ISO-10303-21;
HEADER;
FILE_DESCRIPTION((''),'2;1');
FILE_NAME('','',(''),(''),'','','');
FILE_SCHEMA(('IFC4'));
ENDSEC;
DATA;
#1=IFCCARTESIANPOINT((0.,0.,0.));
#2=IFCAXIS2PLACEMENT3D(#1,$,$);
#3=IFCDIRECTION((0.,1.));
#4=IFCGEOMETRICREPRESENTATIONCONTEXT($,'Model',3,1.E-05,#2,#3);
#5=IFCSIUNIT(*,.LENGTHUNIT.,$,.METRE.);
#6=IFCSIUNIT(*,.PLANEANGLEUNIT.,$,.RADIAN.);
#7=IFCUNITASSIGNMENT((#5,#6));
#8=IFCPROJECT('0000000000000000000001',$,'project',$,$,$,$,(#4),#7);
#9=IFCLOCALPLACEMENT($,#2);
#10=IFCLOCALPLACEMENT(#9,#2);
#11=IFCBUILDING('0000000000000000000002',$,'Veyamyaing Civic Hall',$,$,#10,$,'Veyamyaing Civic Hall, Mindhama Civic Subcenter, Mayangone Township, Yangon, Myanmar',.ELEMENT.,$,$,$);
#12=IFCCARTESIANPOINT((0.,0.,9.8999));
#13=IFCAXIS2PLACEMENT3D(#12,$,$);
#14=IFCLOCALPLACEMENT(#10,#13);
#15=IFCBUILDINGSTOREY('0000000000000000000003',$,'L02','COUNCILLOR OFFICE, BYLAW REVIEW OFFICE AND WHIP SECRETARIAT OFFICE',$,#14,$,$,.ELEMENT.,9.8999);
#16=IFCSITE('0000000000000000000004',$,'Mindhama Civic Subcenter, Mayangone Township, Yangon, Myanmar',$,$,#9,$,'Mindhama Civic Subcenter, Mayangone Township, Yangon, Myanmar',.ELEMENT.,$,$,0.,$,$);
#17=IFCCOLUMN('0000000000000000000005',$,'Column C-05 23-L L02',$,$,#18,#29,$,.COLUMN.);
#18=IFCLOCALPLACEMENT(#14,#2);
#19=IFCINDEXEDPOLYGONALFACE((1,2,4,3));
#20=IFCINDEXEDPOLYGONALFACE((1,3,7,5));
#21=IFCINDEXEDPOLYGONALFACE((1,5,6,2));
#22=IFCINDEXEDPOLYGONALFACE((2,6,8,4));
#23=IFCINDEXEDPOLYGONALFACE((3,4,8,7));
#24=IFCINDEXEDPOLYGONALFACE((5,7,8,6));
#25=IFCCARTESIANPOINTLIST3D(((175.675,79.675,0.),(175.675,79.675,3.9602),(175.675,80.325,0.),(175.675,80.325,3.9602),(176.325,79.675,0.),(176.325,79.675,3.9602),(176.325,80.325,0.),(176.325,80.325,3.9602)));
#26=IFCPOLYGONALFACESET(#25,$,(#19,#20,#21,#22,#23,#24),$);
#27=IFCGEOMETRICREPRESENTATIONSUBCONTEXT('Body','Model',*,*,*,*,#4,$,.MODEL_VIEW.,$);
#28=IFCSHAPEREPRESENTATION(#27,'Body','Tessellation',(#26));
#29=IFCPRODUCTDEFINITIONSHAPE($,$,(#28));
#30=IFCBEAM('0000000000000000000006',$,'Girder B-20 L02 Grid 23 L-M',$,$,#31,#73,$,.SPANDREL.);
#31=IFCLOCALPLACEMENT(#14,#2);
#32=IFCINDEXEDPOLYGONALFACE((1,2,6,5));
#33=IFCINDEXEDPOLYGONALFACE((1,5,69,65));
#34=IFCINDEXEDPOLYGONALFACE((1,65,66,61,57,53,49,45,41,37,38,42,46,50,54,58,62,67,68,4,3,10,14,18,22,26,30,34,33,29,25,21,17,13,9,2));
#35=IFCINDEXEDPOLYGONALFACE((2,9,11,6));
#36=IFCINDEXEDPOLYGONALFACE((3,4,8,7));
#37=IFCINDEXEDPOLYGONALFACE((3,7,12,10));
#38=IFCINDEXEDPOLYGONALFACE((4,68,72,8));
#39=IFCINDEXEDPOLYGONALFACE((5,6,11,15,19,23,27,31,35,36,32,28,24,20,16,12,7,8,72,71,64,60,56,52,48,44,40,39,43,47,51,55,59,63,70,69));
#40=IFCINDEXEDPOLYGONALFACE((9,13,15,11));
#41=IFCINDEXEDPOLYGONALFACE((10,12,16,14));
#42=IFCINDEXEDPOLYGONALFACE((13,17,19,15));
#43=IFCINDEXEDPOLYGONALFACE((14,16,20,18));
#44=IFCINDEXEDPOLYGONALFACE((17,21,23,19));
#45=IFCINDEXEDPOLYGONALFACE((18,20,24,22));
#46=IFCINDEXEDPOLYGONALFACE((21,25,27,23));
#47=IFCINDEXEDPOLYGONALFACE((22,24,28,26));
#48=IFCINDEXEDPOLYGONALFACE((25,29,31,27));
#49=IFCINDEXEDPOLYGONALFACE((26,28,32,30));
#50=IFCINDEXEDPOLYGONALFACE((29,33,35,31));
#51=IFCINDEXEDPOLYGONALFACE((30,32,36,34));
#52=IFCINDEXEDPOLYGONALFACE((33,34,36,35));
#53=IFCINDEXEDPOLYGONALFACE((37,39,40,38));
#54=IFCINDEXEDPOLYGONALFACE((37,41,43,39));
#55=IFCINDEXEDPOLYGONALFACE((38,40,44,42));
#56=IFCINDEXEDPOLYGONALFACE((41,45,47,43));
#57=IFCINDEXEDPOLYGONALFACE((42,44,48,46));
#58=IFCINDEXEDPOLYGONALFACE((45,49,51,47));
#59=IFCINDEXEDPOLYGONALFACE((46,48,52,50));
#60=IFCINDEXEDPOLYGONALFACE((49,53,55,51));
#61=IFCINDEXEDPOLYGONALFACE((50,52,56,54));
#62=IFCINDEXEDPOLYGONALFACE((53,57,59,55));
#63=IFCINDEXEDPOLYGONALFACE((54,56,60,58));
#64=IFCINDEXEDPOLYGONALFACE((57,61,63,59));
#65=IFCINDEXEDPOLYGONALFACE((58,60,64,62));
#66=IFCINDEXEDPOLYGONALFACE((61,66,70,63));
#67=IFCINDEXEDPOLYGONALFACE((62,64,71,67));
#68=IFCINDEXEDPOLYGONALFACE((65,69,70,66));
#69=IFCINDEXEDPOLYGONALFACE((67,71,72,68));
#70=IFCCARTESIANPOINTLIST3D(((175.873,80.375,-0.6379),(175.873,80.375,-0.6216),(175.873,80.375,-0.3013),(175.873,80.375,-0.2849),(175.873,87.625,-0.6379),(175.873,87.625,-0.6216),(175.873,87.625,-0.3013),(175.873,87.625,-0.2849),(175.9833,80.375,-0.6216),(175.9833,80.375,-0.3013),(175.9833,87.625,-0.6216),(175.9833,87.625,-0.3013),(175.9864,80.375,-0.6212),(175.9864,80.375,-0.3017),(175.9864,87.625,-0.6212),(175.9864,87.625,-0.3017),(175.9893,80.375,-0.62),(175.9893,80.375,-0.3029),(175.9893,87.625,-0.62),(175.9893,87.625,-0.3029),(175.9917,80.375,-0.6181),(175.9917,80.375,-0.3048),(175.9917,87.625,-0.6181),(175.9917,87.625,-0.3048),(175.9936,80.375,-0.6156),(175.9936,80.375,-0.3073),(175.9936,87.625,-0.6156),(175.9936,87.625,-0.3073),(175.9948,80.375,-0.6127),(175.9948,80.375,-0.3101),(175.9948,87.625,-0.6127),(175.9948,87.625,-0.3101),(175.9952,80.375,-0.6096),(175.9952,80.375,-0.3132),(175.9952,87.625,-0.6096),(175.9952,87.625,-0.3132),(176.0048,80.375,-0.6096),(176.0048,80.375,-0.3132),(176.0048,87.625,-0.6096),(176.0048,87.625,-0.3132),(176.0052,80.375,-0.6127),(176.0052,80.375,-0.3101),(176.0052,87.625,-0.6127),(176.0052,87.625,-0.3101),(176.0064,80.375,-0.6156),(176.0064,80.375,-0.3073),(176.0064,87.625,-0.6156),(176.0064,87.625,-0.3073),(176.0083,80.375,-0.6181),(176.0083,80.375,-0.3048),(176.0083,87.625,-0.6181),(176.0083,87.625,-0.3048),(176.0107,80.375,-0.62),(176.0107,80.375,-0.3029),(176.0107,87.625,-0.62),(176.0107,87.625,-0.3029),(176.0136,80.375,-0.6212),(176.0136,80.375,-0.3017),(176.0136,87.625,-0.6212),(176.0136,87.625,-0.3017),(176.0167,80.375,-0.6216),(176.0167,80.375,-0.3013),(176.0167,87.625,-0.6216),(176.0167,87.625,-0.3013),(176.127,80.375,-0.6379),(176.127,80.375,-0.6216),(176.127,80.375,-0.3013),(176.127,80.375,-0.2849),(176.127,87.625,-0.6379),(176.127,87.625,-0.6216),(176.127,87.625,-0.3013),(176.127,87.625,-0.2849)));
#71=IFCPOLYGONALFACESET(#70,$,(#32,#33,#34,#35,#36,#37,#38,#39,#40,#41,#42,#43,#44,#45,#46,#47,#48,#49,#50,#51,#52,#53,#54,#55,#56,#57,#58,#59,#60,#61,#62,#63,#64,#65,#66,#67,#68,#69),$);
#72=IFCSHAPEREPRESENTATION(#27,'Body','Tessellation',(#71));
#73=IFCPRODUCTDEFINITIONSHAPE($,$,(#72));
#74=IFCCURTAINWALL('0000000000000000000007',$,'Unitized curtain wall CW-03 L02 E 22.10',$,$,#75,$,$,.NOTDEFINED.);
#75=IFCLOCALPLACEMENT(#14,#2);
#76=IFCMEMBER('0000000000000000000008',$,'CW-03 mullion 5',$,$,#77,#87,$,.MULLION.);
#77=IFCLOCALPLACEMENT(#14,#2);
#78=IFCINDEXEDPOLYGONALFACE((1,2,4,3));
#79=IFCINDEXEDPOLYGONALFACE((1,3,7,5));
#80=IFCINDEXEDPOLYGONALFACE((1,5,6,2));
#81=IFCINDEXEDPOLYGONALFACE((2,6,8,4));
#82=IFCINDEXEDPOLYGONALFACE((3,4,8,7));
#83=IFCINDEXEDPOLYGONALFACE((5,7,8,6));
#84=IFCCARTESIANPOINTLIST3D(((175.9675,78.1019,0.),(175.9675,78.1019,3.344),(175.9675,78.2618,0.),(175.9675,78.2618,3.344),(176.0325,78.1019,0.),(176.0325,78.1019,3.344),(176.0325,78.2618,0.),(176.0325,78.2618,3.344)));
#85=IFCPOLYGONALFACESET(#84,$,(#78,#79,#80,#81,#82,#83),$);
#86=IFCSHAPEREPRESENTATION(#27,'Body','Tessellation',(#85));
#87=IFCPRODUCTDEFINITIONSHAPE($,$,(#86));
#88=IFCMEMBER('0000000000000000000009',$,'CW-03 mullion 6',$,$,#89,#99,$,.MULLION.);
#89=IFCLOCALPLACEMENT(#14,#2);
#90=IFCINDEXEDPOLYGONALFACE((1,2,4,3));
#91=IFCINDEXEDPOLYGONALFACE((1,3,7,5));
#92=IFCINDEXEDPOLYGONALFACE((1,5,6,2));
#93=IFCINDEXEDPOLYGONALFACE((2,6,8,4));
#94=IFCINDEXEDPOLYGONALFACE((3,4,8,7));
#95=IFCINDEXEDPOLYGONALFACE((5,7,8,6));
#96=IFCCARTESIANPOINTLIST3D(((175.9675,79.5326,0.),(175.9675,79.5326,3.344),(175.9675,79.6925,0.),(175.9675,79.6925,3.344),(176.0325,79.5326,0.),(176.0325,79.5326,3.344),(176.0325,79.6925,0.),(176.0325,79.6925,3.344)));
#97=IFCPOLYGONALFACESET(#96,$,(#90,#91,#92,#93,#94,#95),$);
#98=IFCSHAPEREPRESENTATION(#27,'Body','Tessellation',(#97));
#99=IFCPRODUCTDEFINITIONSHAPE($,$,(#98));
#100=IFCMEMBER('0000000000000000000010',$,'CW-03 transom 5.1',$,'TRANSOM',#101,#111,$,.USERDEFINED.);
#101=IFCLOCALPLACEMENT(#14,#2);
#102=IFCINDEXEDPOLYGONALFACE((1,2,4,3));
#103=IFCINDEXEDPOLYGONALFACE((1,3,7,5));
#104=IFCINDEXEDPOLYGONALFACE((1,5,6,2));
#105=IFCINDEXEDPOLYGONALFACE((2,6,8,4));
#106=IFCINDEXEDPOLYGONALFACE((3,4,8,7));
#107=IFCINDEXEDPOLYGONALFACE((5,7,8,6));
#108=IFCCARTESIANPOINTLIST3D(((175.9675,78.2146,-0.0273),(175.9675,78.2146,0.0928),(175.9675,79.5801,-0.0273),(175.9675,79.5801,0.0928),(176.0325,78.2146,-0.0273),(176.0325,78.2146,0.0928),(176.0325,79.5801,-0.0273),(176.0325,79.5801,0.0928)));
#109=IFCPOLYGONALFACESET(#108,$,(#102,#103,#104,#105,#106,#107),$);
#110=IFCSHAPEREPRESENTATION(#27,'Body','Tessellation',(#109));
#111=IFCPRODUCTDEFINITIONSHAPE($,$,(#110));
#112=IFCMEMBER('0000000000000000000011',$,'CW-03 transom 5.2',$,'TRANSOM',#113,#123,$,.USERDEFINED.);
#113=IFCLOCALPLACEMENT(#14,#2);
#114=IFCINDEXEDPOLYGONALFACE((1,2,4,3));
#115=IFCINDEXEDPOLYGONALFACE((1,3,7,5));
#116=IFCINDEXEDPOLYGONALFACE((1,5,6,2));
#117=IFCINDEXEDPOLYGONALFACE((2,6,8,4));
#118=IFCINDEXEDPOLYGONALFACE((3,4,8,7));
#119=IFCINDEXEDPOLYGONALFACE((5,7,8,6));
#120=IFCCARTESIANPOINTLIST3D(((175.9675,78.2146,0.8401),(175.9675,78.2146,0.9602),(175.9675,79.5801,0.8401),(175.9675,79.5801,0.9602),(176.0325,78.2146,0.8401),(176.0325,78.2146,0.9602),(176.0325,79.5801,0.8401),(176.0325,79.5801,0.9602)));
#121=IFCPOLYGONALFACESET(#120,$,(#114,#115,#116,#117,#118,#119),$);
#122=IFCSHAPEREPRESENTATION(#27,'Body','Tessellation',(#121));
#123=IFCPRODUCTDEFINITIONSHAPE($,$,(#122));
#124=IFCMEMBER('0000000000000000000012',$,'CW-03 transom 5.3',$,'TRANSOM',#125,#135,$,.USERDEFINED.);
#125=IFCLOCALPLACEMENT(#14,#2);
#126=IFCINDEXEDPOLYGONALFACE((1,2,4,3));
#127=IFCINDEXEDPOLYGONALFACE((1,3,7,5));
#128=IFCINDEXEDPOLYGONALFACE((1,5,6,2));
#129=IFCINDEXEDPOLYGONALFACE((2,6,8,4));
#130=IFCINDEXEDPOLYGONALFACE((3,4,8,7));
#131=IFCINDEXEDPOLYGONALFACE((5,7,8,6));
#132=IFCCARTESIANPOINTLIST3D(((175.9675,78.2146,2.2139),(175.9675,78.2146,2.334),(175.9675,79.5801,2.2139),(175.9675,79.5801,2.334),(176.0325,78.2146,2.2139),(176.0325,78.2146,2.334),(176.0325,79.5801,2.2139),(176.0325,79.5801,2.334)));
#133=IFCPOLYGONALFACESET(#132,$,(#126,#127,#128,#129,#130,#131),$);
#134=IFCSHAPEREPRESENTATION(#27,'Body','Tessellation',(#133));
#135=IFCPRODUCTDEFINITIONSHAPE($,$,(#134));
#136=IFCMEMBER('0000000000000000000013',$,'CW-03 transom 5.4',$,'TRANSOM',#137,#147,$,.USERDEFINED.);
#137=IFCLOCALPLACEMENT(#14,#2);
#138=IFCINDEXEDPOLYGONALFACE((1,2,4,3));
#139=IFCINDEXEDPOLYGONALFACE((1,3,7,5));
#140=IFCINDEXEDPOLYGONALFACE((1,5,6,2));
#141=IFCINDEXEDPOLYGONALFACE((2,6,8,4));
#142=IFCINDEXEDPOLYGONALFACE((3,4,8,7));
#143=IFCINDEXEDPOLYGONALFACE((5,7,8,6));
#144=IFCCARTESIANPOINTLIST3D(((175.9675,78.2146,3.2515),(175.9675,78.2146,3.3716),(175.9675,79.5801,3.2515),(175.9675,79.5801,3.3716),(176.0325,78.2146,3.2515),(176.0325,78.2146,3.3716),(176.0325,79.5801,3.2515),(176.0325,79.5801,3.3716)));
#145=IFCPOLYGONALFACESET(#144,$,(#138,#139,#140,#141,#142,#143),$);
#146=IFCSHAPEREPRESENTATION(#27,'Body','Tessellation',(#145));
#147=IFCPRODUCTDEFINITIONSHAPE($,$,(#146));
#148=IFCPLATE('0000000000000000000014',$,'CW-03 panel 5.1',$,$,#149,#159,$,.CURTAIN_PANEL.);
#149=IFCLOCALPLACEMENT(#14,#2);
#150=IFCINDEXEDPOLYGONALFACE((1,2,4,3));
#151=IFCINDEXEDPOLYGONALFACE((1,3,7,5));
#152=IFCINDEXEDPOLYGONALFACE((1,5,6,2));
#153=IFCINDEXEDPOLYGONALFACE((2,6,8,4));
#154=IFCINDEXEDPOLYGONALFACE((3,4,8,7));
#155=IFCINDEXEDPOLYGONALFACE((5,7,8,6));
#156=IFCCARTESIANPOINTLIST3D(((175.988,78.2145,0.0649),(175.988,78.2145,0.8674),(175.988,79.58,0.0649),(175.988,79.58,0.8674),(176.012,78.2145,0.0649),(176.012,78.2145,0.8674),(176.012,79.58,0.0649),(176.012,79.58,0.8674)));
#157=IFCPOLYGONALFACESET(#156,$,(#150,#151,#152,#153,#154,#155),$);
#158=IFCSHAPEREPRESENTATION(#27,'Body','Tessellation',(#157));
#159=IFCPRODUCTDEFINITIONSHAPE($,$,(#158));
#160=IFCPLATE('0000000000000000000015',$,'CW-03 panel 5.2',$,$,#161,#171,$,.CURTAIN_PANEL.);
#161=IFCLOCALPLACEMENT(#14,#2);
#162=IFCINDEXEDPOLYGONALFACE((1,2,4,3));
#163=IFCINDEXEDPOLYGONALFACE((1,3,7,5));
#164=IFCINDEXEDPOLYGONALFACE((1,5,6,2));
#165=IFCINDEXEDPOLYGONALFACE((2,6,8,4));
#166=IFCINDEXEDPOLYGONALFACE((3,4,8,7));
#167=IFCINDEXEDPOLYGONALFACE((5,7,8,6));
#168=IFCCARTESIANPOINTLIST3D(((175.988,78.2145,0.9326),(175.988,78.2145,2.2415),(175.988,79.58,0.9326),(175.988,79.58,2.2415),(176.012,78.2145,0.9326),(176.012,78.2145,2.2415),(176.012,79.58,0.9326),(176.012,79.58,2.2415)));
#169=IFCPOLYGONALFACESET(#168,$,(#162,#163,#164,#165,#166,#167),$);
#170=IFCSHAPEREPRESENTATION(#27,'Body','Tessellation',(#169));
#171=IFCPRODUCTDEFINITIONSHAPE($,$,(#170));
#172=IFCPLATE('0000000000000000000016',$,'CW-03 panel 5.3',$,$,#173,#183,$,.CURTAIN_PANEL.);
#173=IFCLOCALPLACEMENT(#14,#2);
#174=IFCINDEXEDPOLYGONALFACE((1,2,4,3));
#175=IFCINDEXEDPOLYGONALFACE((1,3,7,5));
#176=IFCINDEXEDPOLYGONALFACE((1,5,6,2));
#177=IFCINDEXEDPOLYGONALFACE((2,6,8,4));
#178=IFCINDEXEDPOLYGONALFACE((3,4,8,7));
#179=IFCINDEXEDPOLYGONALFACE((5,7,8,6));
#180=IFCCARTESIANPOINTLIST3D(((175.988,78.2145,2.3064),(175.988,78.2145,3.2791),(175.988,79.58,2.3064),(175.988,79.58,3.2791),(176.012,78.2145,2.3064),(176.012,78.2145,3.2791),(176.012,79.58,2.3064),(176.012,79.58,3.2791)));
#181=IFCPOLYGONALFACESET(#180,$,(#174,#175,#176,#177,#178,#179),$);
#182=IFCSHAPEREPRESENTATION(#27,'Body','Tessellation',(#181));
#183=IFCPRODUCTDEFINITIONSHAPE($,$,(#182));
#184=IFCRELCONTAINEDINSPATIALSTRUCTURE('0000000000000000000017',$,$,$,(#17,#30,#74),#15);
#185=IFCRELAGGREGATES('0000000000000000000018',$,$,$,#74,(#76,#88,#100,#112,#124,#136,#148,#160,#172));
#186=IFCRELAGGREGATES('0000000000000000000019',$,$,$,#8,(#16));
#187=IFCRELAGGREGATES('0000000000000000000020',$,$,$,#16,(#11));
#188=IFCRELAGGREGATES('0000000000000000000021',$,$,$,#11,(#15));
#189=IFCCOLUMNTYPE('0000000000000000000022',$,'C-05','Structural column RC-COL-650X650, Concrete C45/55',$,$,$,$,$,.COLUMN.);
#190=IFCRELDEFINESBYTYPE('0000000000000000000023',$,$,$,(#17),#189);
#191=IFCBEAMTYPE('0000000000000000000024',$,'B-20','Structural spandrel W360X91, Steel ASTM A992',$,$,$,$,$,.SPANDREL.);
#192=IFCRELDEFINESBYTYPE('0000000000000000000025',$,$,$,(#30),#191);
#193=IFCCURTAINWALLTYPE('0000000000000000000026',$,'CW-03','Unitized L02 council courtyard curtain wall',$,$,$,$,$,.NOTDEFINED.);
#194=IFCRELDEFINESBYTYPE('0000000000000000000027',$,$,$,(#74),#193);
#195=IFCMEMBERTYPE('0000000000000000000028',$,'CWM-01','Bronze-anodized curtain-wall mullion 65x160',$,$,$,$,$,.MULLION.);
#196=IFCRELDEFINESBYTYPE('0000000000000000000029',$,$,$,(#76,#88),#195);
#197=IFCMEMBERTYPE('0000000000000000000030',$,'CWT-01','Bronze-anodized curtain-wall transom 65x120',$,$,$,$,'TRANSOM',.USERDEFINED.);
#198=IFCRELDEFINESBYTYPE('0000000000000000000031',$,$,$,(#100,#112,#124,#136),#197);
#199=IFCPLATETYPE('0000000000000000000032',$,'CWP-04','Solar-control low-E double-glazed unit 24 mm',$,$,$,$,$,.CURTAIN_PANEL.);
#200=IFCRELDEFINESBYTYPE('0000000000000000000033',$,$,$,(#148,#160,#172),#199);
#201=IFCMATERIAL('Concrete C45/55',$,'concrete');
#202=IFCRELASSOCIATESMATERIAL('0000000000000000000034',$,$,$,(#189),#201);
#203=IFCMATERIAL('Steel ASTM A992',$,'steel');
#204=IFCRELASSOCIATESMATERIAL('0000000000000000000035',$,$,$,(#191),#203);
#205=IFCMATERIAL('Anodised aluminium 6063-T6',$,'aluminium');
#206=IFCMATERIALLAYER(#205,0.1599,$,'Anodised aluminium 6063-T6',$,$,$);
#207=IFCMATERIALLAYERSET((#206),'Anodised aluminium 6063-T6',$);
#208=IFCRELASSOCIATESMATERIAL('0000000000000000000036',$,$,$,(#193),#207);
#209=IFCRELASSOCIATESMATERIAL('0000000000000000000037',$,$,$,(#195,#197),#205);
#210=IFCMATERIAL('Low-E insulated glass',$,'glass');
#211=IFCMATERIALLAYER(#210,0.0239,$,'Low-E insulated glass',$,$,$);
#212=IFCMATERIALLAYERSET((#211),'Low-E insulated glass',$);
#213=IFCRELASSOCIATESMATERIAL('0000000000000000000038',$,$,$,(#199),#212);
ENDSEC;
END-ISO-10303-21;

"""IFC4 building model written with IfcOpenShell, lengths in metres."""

from ifc_helpers import new_model, si_unit, direction, frame, origin, origin_2d, place, context, subcontext, project, spatial, rectangle, i_section, extrude, material, layer, layer_set, material_profile, profile_set, type_object, element, aggregate, save


model = new_model("IFC4")

# Units and contexts
model_context = context("Model", 3, precision=1e-05, world=origin(), true_north=direction((0.0, 1.0)))
body_context = subcontext(model_context, "Body", "Model", "MODEL_VIEW")
ifc_project = project(units=[si_unit("LENGTHUNIT", "METRE"), si_unit("PLANEANGLEUNIT", "RADIAN")], contexts=[model_context])

# Site, building, storey
site_placement = place(None, origin())
site = spatial("IfcSite", under=ifc_project, at=site_placement, Name="Mindhama Civic Subcenter, Mayangone Township, Yangon, Myanmar", LongName="Mindhama Civic Subcenter, Mayangone Township, Yangon, Myanmar", CompositionType="ELEMENT", RefElevation=0.0)
building_placement = place(site_placement, origin())
building = spatial("IfcBuilding", under=site, at=building_placement, Name="Veyamyaing Civic Hall", LongName="Veyamyaing Civic Hall, Mindhama Civic Subcenter, Mayangone Township, Yangon, Myanmar", CompositionType="ELEMENT")
storey_placement = place(building_placement, frame((0.0, 0.0, 9.8999)))
storey = spatial("IfcBuildingStorey", under=building, at=storey_placement, Name="L02", Description="COUNCILLOR OFFICE, BYLAW REVIEW OFFICE AND WHIP SECRETARIAT OFFICE", CompositionType="ELEMENT", Elevation=9.8999)

# Column
ifc_material_1 = material(Name="Concrete C45/55", Category="concrete")
ifc_material_profile_1 = material_profile(ifc_material_1, rectangle(XDim=0.6499, YDim=0.6499, at=origin_2d()), Name="RC-COL-650X650")
ifc_profile_set_1 = profile_set([ifc_material_profile_1], Name="Concrete C45/55")
column_type = type_object("IfcColumnType", Name="C-05", Description="Structural column RC-COL-650X650, Concrete C45/55", PredefinedType="COLUMN", material=ifc_profile_set_1)
column_placement = place(storey_placement, frame((176.0, 80.0, 0.0), z_axis=(0.0, 0.0, 1.0), x_axis=(1.0, 0.0, 0.0)))
element("IfcColumn", 1, at=column_placement, inside=storey, type_object=column_type, Name="Column C-05 23-L L02", PredefinedType="COLUMN", context=body_context, shape_type="SweptSolid", body=[
    extrude(rectangle(XDim=0.6499, YDim=0.6499, at=origin_2d()), origin(), (0.0, 0.0, 1.0), 3.9602),
])

# Beam
ifc_material_2 = material(Name="Steel ASTM A992", Category="steel")
ifc_material_profile_2 = material_profile(ifc_material_2, i_section(OverallWidth=0.2539, OverallDepth=0.353, WebThickness=0.0095, FlangeThickness=0.0164, FilletRadius=0.012, at=origin_2d()), Name="W360X91")
ifc_profile_set_2 = profile_set([ifc_material_profile_2], Name="Steel ASTM A992")
beam_type = type_object("IfcBeamType", Name="B-20", Description="Structural spandrel W360X91, Steel ASTM A992", PredefinedType="SPANDREL", material=ifc_profile_set_2)
beam_placement = place(storey_placement, frame((176.0, 80.375, -0.4614), z_axis=(0.0, 1.0, 0.0), x_axis=(-1.0, 0.0, 0.0)))
element("IfcBeam", 2, at=beam_placement, inside=storey, type_object=beam_type, Name="Girder B-20 L02 Grid 23 L-M", PredefinedType="SPANDREL", context=body_context, shape_type="SweptSolid", body=[
    extrude(i_section(OverallWidth=0.2539, OverallDepth=0.353, WebThickness=0.0095, FlangeThickness=0.0164, FilletRadius=0.012, at=origin_2d()), origin(), (0.0, 0.0, 1.0), 7.25),
])

# Curtain wall, members, plates
ifc_material_3 = material(Name="Anodised aluminium 6063-T6", Category="aluminium")
ifc_layer_1 = layer(ifc_material_3, 0.1599, Name="Anodised aluminium 6063-T6")
ifc_layer_set_1 = layer_set([ifc_layer_1], Name="Anodised aluminium 6063-T6")
curtain_wall_type = type_object("IfcCurtainWallType", Name="CW-03", Description="Unitized L02 council courtyard curtain wall", PredefinedType="NOTDEFINED", material=ifc_layer_set_1)
curtain_wall_placement = place(storey_placement, origin())
curtain_wall = element("IfcCurtainWall", 3, at=curtain_wall_placement, inside=storey, type_object=curtain_wall_type, Name="Unitized curtain wall CW-03 L02 E 22.10", PredefinedType="NOTDEFINED")
ifc_material_profile_3 = material_profile(ifc_material_3, rectangle(XDim=0.0649, YDim=0.1599, at=origin_2d()), Name="ALU-MUL-65X160")
ifc_profile_set_3 = profile_set([ifc_material_profile_3], Name="Anodised aluminium 6063-T6")
member_type_1 = type_object("IfcMemberType", Name="CWM-01", Description="Bronze-anodized curtain-wall mullion 65x160", PredefinedType="MULLION", material=ifc_profile_set_3)
member_1_placement = place(storey_placement, frame((176.0, 78.1819, 0.0), z_axis=(0.0, 0.0, 1.0), x_axis=(-1.0, 0.0, 0.0)))
member_1 = element("IfcMember", 4, at=member_1_placement, type_object=member_type_1, Name="CW-03 mullion 5", PredefinedType="MULLION", context=body_context, shape_type="SweptSolid", body=[
    extrude(rectangle(XDim=0.0649, YDim=0.1599, at=origin_2d()), origin(), (0.0, 0.0, 1.0), 3.344),
])
member_2_placement = place(storey_placement, frame((176.0, 79.6125, 0.0), z_axis=(0.0, 0.0, 1.0), x_axis=(-1.0, 0.0, 0.0)))
member_2 = element("IfcMember", 5, at=member_2_placement, type_object=member_type_1, Name="CW-03 mullion 6", PredefinedType="MULLION", context=body_context, shape_type="SweptSolid", body=[
    extrude(rectangle(XDim=0.0649, YDim=0.1599, at=origin_2d()), origin(), (0.0, 0.0, 1.0), 3.344),
])
ifc_material_profile_4 = material_profile(ifc_material_3, rectangle(XDim=0.0649, YDim=0.1201, at=origin_2d()), Name="ALU-TRN-65X120")
ifc_profile_set_4 = profile_set([ifc_material_profile_4], Name="Anodised aluminium 6063-T6")
member_type_2 = type_object("IfcMemberType", Name="CWT-01", Description="Bronze-anodized curtain-wall transom 65x120", ElementType="TRANSOM", PredefinedType="USERDEFINED", material=ifc_profile_set_4)
member_3_placement = place(storey_placement, frame((176.0, 78.2146, 0.0327), z_axis=(0.0, 1.0, 0.0), x_axis=(-1.0, 0.0, 0.0)))
member_3 = element("IfcMember", 6, at=member_3_placement, type_object=member_type_2, Name="CW-03 transom 5.1", ObjectType="TRANSOM", PredefinedType="USERDEFINED", context=body_context, shape_type="SweptSolid", body=[
    extrude(rectangle(XDim=0.0649, YDim=0.1201, at=origin_2d()), origin(), (0.0, 0.0, 1.0), 1.3655),
])
member_4_placement = place(storey_placement, frame((176.0, 78.2146, 0.9001), z_axis=(0.0, 1.0, 0.0), x_axis=(-1.0, 0.0, 0.0)))
member_4 = element("IfcMember", 7, at=member_4_placement, type_object=member_type_2, Name="CW-03 transom 5.2", ObjectType="TRANSOM", PredefinedType="USERDEFINED", context=body_context, shape_type="SweptSolid", body=[
    extrude(rectangle(XDim=0.0649, YDim=0.1201, at=origin_2d()), origin(), (0.0, 0.0, 1.0), 1.3655),
])
member_5_placement = place(storey_placement, frame((176.0, 78.2146, 2.2739), z_axis=(0.0, 1.0, 0.0), x_axis=(-1.0, 0.0, 0.0)))
member_5 = element("IfcMember", 8, at=member_5_placement, type_object=member_type_2, Name="CW-03 transom 5.3", ObjectType="TRANSOM", PredefinedType="USERDEFINED", context=body_context, shape_type="SweptSolid", body=[
    extrude(rectangle(XDim=0.0649, YDim=0.1201, at=origin_2d()), origin(), (0.0, 0.0, 1.0), 1.3655),
])
member_6_placement = place(storey_placement, frame((176.0, 78.2146, 3.3115), z_axis=(0.0, 1.0, 0.0), x_axis=(-1.0, 0.0, 0.0)))
member_6 = element("IfcMember", 9, at=member_6_placement, type_object=member_type_2, Name="CW-03 transom 5.4", ObjectType="TRANSOM", PredefinedType="USERDEFINED", context=body_context, shape_type="SweptSolid", body=[
    extrude(rectangle(XDim=0.0649, YDim=0.1201, at=origin_2d()), origin(), (0.0, 0.0, 1.0), 1.3655),
])
ifc_material_4 = material(Name="Low-E insulated glass", Category="glass")
ifc_layer_2 = layer(ifc_material_4, 0.0239, Name="Low-E insulated glass")
ifc_layer_set_2 = layer_set([ifc_layer_2], Name="Low-E insulated glass")
plate_type = type_object("IfcPlateType", Name="CWP-04", Description="Solar-control low-E double-glazed unit 24 mm", PredefinedType="CURTAIN_PANEL", material=ifc_layer_set_2)
plate_1_placement = place(storey_placement, frame((176.0, 78.8972, 0.0649), z_axis=(0.0, 0.0, 1.0), x_axis=(0.0, 1.0, 0.0)))
plate_1 = element("IfcPlate", 10, at=plate_1_placement, type_object=plate_type, Name="CW-03 panel 5.1", PredefinedType="CURTAIN_PANEL", context=body_context, shape_type="SweptSolid", body=[
    extrude(rectangle(XDim=1.3655, YDim=0.0239, at=origin_2d()), origin(), (0.0, 0.0, 1.0), 0.8025),
])
plate_2_placement = place(storey_placement, frame((176.0, 78.8972, 0.9326), z_axis=(0.0, 0.0, 1.0), x_axis=(0.0, 1.0, 0.0)))
plate_2 = element("IfcPlate", 11, at=plate_2_placement, type_object=plate_type, Name="CW-03 panel 5.2", PredefinedType="CURTAIN_PANEL", context=body_context, shape_type="SweptSolid", body=[
    extrude(rectangle(XDim=1.3655, YDim=0.0239, at=origin_2d()), origin(), (0.0, 0.0, 1.0), 1.3088),
])
plate_3_placement = place(storey_placement, frame((176.0, 78.8972, 2.3064), z_axis=(0.0, 0.0, 1.0), x_axis=(0.0, 1.0, 0.0)))
plate_3 = element("IfcPlate", 12, at=plate_3_placement, type_object=plate_type, Name="CW-03 panel 5.3", PredefinedType="CURTAIN_PANEL", context=body_context, shape_type="SweptSolid", body=[
    extrude(rectangle(XDim=1.3655, YDim=0.0239, at=origin_2d()), origin(), (0.0, 0.0, 1.0), 0.9727),
])
aggregate(curtain_wall, [member_1, member_2, member_3, member_4, member_5, member_6, plate_1, plate_2, plate_3])

save(model, "model.ifc")
